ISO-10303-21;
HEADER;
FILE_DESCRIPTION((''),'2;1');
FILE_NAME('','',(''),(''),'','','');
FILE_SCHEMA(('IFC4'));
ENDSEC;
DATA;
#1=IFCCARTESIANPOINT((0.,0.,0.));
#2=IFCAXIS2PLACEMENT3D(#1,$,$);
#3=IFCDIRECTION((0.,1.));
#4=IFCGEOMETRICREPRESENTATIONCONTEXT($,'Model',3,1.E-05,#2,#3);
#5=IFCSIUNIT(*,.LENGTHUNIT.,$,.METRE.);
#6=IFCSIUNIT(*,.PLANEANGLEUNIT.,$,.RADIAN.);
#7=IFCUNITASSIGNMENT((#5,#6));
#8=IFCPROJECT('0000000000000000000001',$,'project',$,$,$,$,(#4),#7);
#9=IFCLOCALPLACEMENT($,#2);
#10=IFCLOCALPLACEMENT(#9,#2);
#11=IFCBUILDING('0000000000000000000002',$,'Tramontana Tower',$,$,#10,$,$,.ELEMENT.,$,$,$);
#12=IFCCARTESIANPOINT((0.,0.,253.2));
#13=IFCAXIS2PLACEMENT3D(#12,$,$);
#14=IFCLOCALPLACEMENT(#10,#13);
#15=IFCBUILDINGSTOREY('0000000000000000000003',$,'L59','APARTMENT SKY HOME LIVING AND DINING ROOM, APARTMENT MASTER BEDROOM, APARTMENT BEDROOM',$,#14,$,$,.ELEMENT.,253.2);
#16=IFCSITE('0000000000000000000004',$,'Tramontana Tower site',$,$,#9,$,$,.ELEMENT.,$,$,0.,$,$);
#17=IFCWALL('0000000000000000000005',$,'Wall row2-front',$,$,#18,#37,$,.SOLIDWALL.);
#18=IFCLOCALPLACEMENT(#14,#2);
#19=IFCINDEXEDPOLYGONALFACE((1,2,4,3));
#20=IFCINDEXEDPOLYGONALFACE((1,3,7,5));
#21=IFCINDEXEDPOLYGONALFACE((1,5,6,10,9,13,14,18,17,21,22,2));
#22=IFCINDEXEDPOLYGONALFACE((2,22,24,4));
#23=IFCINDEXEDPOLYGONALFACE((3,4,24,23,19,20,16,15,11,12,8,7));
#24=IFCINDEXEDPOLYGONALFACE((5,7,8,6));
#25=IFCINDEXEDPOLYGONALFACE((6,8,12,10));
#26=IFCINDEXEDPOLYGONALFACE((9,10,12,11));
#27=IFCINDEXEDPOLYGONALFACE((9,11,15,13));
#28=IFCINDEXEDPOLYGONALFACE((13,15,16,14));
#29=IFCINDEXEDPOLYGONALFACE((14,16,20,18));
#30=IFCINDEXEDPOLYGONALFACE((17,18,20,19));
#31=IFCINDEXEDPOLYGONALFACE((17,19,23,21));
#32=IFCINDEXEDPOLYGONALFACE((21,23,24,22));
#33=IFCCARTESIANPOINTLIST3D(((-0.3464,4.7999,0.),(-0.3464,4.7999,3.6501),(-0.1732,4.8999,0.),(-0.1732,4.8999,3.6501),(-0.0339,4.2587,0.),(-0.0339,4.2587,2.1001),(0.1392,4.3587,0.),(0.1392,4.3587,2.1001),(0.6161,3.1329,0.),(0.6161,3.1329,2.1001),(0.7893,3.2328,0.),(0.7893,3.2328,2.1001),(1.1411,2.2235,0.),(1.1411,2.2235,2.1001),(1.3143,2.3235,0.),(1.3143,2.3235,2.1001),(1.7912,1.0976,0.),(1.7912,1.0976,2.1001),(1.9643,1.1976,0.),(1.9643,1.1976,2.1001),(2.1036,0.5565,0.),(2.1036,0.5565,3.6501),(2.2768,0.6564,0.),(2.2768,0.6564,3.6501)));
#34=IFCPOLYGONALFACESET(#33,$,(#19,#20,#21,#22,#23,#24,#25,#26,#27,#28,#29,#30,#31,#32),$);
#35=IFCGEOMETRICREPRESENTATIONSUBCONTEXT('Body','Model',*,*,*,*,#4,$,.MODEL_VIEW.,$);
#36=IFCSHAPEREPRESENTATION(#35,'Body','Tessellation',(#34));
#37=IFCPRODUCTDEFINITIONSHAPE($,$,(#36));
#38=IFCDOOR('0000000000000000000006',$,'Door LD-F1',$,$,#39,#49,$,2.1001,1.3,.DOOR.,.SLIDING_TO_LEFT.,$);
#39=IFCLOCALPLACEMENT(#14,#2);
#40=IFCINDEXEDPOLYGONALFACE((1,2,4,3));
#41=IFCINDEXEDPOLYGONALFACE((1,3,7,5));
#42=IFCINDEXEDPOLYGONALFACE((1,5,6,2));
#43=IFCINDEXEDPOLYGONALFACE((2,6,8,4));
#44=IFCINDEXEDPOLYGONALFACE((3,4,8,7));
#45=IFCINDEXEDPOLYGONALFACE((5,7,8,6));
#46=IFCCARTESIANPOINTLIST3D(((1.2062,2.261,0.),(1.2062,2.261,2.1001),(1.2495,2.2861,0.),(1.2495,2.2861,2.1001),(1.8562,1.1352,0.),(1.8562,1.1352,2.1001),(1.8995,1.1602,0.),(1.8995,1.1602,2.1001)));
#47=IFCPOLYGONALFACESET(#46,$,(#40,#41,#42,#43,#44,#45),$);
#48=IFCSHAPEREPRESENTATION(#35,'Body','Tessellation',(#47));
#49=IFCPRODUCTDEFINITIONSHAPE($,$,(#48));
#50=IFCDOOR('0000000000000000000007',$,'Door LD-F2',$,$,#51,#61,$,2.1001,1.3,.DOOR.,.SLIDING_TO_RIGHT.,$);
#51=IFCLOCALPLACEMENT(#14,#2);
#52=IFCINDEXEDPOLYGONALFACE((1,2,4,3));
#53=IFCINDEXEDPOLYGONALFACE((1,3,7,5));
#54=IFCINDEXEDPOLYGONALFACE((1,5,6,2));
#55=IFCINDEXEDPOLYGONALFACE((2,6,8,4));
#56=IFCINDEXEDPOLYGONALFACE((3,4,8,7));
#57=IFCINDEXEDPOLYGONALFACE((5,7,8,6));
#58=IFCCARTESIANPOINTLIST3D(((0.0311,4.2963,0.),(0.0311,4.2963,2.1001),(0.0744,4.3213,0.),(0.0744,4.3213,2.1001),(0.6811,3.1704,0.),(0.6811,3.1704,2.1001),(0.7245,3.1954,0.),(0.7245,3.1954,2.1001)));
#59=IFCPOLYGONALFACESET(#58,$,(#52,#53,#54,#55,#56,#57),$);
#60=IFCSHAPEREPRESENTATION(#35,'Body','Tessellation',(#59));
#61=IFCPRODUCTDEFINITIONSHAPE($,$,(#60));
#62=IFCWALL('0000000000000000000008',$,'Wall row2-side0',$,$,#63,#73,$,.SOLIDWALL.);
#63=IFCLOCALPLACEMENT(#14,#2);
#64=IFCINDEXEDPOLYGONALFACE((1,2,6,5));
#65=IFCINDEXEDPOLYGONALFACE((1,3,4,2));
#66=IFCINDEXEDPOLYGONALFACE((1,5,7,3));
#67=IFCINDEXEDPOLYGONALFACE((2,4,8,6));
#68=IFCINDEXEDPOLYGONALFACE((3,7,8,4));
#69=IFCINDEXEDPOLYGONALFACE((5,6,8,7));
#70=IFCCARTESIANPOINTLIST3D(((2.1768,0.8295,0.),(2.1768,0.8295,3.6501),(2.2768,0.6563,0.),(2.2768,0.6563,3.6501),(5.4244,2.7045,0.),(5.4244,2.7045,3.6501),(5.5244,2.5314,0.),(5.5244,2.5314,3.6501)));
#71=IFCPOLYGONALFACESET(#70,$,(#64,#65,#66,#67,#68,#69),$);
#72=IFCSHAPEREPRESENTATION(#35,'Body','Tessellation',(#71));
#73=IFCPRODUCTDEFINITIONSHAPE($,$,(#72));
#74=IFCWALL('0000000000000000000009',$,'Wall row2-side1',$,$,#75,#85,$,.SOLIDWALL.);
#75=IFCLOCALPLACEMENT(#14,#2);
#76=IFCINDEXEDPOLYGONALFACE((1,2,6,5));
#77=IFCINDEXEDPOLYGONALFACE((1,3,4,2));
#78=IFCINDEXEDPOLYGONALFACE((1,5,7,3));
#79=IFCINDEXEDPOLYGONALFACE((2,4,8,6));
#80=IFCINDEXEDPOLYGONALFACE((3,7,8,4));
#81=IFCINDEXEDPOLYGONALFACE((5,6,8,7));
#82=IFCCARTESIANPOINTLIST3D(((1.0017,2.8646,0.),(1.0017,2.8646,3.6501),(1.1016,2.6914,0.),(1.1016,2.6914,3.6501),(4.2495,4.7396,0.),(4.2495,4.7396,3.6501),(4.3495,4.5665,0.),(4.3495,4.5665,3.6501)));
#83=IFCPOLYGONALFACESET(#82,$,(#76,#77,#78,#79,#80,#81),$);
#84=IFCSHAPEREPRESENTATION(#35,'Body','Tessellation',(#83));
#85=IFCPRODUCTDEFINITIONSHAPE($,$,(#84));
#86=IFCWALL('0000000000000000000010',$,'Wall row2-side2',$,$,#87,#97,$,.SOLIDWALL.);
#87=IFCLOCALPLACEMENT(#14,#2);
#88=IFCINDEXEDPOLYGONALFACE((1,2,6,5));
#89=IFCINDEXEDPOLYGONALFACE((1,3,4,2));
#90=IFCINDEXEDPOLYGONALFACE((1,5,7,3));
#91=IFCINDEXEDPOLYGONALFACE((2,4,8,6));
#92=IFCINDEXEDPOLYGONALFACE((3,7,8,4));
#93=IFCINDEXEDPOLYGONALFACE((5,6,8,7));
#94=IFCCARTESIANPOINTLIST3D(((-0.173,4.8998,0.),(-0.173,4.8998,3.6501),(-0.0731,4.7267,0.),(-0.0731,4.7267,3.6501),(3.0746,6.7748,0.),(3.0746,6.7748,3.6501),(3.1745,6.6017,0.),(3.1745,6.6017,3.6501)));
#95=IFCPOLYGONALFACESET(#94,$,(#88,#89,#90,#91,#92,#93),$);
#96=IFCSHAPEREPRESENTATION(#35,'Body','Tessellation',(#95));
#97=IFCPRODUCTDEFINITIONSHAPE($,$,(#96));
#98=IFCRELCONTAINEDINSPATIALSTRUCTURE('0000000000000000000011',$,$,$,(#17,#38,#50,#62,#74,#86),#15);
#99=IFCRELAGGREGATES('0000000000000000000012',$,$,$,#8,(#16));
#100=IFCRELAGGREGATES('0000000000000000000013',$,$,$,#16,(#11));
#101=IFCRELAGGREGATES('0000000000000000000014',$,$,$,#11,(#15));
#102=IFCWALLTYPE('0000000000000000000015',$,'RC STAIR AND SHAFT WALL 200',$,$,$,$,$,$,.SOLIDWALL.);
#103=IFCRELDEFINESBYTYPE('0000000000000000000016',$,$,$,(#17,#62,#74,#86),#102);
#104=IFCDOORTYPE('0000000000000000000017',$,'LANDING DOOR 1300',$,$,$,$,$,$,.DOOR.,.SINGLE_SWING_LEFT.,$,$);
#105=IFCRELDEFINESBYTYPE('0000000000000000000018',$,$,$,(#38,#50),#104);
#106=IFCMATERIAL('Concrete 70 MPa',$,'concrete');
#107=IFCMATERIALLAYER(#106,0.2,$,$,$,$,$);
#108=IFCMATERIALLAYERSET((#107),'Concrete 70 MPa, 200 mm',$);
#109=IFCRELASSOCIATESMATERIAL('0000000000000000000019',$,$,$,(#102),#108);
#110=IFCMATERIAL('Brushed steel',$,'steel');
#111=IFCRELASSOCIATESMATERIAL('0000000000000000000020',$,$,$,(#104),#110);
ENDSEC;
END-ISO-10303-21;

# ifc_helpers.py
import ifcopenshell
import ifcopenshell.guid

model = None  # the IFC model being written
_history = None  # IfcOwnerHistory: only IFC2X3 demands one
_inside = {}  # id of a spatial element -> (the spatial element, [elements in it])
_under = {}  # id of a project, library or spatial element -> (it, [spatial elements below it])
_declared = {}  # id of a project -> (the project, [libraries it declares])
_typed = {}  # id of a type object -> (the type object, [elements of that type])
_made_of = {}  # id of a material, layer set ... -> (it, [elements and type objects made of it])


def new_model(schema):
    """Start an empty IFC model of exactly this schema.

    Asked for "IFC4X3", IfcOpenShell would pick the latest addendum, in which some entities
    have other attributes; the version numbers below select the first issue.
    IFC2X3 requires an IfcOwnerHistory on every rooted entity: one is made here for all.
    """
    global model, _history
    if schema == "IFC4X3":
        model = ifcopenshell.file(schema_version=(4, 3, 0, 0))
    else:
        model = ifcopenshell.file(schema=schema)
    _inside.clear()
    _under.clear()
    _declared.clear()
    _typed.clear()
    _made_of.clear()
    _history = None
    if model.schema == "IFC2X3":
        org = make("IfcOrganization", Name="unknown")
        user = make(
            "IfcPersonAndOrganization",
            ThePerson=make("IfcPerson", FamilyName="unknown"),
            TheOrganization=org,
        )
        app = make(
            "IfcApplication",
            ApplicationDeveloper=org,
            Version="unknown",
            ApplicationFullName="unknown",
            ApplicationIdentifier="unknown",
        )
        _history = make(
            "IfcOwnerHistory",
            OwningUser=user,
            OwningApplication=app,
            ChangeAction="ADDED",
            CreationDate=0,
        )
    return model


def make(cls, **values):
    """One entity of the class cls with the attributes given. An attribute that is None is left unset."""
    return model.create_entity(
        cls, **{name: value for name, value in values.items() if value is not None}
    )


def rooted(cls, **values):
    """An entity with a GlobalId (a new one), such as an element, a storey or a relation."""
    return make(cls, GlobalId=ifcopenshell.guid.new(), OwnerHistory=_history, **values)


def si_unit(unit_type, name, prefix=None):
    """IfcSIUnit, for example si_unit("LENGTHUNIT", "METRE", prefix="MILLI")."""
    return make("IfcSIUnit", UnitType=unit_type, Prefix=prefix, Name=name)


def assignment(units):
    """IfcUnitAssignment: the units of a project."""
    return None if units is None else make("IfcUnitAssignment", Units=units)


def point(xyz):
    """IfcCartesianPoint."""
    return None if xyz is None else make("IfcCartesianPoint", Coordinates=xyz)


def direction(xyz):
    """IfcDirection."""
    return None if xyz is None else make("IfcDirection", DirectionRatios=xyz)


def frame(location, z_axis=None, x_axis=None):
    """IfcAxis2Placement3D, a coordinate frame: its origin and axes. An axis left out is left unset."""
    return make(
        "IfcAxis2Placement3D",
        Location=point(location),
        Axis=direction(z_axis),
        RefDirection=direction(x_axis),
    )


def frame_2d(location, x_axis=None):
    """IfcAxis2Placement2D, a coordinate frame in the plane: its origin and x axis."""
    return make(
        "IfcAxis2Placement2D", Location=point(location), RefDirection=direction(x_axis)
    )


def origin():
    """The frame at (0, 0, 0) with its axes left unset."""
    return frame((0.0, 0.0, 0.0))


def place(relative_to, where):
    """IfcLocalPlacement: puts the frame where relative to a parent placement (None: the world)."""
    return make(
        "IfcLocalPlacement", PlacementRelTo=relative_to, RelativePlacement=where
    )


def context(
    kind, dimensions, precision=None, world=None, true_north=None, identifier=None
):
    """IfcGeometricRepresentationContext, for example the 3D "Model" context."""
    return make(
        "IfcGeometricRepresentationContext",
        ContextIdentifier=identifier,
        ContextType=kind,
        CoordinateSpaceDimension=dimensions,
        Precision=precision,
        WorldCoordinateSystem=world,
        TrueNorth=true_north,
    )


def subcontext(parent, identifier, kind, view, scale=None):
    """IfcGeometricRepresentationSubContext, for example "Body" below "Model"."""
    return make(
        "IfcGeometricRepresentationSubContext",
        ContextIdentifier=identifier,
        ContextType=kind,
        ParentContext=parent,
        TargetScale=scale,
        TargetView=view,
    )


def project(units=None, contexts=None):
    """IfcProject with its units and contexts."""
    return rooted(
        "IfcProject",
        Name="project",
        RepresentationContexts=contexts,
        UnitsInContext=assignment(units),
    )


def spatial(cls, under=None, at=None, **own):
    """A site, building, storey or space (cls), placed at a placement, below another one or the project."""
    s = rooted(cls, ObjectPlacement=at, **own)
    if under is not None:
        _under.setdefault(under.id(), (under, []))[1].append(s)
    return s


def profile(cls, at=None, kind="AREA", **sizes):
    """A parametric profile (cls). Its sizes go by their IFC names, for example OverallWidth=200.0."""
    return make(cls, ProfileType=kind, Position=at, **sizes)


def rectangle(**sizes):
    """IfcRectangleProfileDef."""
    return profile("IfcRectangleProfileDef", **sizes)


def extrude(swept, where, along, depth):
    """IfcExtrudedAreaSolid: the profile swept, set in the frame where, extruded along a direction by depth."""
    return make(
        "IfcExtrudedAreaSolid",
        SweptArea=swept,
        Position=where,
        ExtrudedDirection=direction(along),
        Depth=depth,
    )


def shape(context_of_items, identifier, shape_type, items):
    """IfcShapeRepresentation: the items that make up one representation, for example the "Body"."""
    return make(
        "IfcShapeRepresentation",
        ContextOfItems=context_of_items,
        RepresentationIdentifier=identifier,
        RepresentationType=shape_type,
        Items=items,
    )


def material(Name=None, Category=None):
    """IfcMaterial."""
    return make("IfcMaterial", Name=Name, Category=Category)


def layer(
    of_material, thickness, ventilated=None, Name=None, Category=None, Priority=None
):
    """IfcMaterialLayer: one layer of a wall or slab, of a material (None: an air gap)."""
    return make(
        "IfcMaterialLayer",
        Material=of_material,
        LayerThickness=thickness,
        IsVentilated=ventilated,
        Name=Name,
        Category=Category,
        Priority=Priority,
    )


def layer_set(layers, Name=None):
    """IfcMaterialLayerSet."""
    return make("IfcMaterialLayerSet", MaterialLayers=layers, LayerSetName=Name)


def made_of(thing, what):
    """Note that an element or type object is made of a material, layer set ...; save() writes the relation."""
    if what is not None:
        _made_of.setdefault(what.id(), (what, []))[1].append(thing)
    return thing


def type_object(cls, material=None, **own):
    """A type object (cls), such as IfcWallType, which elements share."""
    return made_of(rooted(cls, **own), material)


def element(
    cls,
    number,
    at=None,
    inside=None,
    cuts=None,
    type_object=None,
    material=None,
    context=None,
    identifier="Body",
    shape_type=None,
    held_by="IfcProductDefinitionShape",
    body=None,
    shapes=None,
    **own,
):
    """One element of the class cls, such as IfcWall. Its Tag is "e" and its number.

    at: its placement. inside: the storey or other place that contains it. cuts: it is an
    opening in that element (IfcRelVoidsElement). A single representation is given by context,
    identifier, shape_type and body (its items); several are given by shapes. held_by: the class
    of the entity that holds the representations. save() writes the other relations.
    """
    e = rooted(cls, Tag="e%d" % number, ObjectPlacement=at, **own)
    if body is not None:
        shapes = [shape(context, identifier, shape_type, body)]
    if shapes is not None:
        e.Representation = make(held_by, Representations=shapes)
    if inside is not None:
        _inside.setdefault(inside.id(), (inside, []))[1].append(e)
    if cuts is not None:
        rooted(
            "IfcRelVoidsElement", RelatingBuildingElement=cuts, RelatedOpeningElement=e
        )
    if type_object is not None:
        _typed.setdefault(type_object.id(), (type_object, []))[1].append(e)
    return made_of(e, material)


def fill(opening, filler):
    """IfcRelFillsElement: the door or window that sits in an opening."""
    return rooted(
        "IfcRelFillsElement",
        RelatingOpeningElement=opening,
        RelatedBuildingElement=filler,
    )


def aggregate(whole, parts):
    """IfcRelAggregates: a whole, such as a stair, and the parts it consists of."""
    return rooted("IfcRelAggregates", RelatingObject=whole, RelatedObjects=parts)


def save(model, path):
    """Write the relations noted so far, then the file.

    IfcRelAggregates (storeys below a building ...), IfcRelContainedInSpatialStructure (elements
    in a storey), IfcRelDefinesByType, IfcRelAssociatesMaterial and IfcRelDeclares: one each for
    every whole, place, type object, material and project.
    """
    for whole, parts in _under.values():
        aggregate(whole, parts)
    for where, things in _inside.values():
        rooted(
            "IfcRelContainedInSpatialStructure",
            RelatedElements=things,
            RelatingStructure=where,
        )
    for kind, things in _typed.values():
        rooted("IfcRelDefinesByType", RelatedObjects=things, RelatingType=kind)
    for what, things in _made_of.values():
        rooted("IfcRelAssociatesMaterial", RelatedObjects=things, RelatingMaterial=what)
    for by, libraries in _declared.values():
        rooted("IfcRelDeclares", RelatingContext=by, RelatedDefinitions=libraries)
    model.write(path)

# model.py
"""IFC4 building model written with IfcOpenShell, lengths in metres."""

from ifc_helpers import new_model, si_unit, direction, frame, frame_2d, origin, place, context, subcontext, project, spatial, rectangle, extrude, material, layer, layer_set, type_object, element, fill, save


model = new_model("IFC4")

# Units and contexts
model_context = context("Model", 3, precision=1e-05, world=origin(), true_north=direction((0.0, 1.0)))
body_context = subcontext(model_context, "Body", "Model", "MODEL_VIEW")
ifc_project = project(units=[si_unit("LENGTHUNIT", "METRE"), si_unit("PLANEANGLEUNIT", "RADIAN")], contexts=[model_context])

# Site, building, storey
site_placement = place(None, origin())
site = spatial("IfcSite", under=ifc_project, at=site_placement, Name="Tramontana Tower site", CompositionType="ELEMENT", RefElevation=0.0)
building_placement = place(site_placement, origin())
building = spatial("IfcBuilding", under=site, at=building_placement, Name="Tramontana Tower", CompositionType="ELEMENT")
storey_placement = place(building_placement, frame((0.0, 0.0, 253.2)))
storey = spatial("IfcBuildingStorey", under=building, at=storey_placement, Name="L59", Description="APARTMENT SKY HOME LIVING AND DINING ROOM, APARTMENT MASTER BEDROOM, APARTMENT BEDROOM", CompositionType="ELEMENT", Elevation=253.2)

# Wall, openings, doors
ifc_material_1 = material(Name="Concrete 70 MPa", Category="concrete")
ifc_layer_1 = layer(ifc_material_1, 0.2)
ifc_layer_set_1 = layer_set([ifc_layer_1], Name="Concrete 70 MPa, 200 mm")
wall_type_1 = type_object("IfcWallType", Name="RC STAIR AND SHAFT WALL 200", PredefinedType="SOLIDWALL", material=ifc_layer_set_1)
wall_1_placement = place(storey_placement, frame((2.1902, 0.6064, 0.0), z_axis=(0.0, 0.0, 1.0), x_axis=(-0.500003, 0.866024, 0.0)))
wall_1 = element("IfcWall", 1, at=wall_1_placement, inside=storey, type_object=wall_type_1, Name="Wall row2-front", PredefinedType="SOLIDWALL", context=body_context, shape_type="SweptSolid", body=[
    extrude(rectangle(XDim=4.8999, YDim=0.2, at=frame_2d((2.45, 0.0))), origin(), (0.0, 0.0, 1.0), 3.6501),
])
opening_1_placement = place(wall_1_placement, frame((0.625, 0.0, 0.0)))
opening_1 = element("IfcOpeningElement", 2, at=opening_1_placement, cuts=wall_1, PredefinedType="OPENING", context=body_context, shape_type="SweptSolid", body=[
    extrude(rectangle(XDim=1.3, YDim=2.1001, at=frame_2d((0.6499, 1.05))), frame((0.0, 0.1099, 0.0), z_axis=(0.0, -1.0, 0.0), x_axis=(1.0, 0.0, 0.0)), (0.0, 0.0, 1.0), 0.22),
])
opening_2_placement = place(wall_1_placement, frame((2.9751, 0.0, 0.0)))
opening_2 = element("IfcOpeningElement", 3, at=opening_2_placement, cuts=wall_1, PredefinedType="OPENING", context=body_context, shape_type="SweptSolid", body=[
    extrude(rectangle(XDim=1.3, YDim=2.1001, at=frame_2d((0.6499, 1.05))), frame((0.0, 0.1099, 0.0), z_axis=(0.0, -1.0, 0.0), x_axis=(1.0, 0.0, 0.0)), (0.0, 0.0, 1.0), 0.22),
])
ifc_material_2 = material(Name="Brushed steel", Category="steel")
door_type_1 = type_object("IfcDoorType", Name="LANDING DOOR 1300", OperationType="SINGLE_SWING_LEFT", PredefinedType="DOOR", material=ifc_material_2)
door_1_placement = place(opening_1_placement, origin())
door_1 = element("IfcDoor", 4, at=door_1_placement, inside=storey, type_object=door_type_1, Name="Door LD-F1", OperationType="SLIDING_TO_LEFT", OverallHeight=2.1001, OverallWidth=1.3, PredefinedType="DOOR", context=body_context, shape_type="SweptSolid", body=[
    extrude(rectangle(XDim=1.3, YDim=2.1001, at=frame_2d((0.6499, 1.05))), frame((0.0, 0.0249, 0.0), z_axis=(0.0, -1.0, 0.0), x_axis=(1.0, 0.0, 0.0)), (0.0, 0.0, 1.0), 0.05),
])
fill(opening_1, door_1)
door_2_placement = place(opening_2_placement, origin())
door_2 = element("IfcDoor", 5, at=door_2_placement, inside=storey, type_object=door_type_1, Name="Door LD-F2", OperationType="SLIDING_TO_RIGHT", OverallHeight=2.1001, OverallWidth=1.3, PredefinedType="DOOR", context=body_context, shape_type="SweptSolid", body=[
    extrude(rectangle(XDim=1.3, YDim=2.1001, at=frame_2d((0.6499, 1.05))), frame((0.0, 0.0249, 0.0), z_axis=(0.0, -1.0, 0.0), x_axis=(1.0, 0.0, 0.0)), (0.0, 0.0, 1.0), 0.05),
])
fill(opening_2, door_2)

# Walls
wall_2_placement = place(storey_placement, frame((2.2268, 0.7429, 0.0), z_axis=(0.0, 0.0, 1.0), x_axis=(0.866023, 0.500004, 0.0)))
element("IfcWall", 6, at=wall_2_placement, inside=storey, type_object=wall_type_1, Name="Wall row2-side0", PredefinedType="SOLIDWALL", context=body_context, shape_type="SweptSolid", body=[
    extrude(rectangle(XDim=3.75, YDim=0.2, at=frame_2d((1.875, 0.0))), origin(), (0.0, 0.0, 1.0), 3.6501),
])
wall_3_placement = place(storey_placement, frame((1.0518, 2.7781, 0.0), z_axis=(0.0, 0.0, 1.0), x_axis=(0.866039, 0.499976, 0.0)))
element("IfcWall", 7, at=wall_3_placement, inside=storey, type_object=wall_type_1, Name="Wall row2-side1", PredefinedType="SOLIDWALL", context=body_context, shape_type="SweptSolid", body=[
    extrude(rectangle(XDim=3.7502, YDim=0.2, at=frame_2d((1.875, 0.0))), origin(), (0.0, 0.0, 1.0), 3.6501),
])
wall_4_placement = place(storey_placement, frame((-0.123, 4.8132, 0.0), z_axis=(0.0, 0.0, 1.0), x_axis=(0.866023, 0.500004, 0.0)))
element("IfcWall", 8, at=wall_4_placement, inside=storey, type_object=wall_type_1, Name="Wall row2-side2", PredefinedType="SOLIDWALL", context=body_context, shape_type="SweptSolid", body=[
    extrude(rectangle(XDim=3.75, YDim=0.2, at=frame_2d((1.875, 0.0))), origin(), (0.0, 0.0, 1.0), 3.6501),
])

save(model, "model.ifc")
